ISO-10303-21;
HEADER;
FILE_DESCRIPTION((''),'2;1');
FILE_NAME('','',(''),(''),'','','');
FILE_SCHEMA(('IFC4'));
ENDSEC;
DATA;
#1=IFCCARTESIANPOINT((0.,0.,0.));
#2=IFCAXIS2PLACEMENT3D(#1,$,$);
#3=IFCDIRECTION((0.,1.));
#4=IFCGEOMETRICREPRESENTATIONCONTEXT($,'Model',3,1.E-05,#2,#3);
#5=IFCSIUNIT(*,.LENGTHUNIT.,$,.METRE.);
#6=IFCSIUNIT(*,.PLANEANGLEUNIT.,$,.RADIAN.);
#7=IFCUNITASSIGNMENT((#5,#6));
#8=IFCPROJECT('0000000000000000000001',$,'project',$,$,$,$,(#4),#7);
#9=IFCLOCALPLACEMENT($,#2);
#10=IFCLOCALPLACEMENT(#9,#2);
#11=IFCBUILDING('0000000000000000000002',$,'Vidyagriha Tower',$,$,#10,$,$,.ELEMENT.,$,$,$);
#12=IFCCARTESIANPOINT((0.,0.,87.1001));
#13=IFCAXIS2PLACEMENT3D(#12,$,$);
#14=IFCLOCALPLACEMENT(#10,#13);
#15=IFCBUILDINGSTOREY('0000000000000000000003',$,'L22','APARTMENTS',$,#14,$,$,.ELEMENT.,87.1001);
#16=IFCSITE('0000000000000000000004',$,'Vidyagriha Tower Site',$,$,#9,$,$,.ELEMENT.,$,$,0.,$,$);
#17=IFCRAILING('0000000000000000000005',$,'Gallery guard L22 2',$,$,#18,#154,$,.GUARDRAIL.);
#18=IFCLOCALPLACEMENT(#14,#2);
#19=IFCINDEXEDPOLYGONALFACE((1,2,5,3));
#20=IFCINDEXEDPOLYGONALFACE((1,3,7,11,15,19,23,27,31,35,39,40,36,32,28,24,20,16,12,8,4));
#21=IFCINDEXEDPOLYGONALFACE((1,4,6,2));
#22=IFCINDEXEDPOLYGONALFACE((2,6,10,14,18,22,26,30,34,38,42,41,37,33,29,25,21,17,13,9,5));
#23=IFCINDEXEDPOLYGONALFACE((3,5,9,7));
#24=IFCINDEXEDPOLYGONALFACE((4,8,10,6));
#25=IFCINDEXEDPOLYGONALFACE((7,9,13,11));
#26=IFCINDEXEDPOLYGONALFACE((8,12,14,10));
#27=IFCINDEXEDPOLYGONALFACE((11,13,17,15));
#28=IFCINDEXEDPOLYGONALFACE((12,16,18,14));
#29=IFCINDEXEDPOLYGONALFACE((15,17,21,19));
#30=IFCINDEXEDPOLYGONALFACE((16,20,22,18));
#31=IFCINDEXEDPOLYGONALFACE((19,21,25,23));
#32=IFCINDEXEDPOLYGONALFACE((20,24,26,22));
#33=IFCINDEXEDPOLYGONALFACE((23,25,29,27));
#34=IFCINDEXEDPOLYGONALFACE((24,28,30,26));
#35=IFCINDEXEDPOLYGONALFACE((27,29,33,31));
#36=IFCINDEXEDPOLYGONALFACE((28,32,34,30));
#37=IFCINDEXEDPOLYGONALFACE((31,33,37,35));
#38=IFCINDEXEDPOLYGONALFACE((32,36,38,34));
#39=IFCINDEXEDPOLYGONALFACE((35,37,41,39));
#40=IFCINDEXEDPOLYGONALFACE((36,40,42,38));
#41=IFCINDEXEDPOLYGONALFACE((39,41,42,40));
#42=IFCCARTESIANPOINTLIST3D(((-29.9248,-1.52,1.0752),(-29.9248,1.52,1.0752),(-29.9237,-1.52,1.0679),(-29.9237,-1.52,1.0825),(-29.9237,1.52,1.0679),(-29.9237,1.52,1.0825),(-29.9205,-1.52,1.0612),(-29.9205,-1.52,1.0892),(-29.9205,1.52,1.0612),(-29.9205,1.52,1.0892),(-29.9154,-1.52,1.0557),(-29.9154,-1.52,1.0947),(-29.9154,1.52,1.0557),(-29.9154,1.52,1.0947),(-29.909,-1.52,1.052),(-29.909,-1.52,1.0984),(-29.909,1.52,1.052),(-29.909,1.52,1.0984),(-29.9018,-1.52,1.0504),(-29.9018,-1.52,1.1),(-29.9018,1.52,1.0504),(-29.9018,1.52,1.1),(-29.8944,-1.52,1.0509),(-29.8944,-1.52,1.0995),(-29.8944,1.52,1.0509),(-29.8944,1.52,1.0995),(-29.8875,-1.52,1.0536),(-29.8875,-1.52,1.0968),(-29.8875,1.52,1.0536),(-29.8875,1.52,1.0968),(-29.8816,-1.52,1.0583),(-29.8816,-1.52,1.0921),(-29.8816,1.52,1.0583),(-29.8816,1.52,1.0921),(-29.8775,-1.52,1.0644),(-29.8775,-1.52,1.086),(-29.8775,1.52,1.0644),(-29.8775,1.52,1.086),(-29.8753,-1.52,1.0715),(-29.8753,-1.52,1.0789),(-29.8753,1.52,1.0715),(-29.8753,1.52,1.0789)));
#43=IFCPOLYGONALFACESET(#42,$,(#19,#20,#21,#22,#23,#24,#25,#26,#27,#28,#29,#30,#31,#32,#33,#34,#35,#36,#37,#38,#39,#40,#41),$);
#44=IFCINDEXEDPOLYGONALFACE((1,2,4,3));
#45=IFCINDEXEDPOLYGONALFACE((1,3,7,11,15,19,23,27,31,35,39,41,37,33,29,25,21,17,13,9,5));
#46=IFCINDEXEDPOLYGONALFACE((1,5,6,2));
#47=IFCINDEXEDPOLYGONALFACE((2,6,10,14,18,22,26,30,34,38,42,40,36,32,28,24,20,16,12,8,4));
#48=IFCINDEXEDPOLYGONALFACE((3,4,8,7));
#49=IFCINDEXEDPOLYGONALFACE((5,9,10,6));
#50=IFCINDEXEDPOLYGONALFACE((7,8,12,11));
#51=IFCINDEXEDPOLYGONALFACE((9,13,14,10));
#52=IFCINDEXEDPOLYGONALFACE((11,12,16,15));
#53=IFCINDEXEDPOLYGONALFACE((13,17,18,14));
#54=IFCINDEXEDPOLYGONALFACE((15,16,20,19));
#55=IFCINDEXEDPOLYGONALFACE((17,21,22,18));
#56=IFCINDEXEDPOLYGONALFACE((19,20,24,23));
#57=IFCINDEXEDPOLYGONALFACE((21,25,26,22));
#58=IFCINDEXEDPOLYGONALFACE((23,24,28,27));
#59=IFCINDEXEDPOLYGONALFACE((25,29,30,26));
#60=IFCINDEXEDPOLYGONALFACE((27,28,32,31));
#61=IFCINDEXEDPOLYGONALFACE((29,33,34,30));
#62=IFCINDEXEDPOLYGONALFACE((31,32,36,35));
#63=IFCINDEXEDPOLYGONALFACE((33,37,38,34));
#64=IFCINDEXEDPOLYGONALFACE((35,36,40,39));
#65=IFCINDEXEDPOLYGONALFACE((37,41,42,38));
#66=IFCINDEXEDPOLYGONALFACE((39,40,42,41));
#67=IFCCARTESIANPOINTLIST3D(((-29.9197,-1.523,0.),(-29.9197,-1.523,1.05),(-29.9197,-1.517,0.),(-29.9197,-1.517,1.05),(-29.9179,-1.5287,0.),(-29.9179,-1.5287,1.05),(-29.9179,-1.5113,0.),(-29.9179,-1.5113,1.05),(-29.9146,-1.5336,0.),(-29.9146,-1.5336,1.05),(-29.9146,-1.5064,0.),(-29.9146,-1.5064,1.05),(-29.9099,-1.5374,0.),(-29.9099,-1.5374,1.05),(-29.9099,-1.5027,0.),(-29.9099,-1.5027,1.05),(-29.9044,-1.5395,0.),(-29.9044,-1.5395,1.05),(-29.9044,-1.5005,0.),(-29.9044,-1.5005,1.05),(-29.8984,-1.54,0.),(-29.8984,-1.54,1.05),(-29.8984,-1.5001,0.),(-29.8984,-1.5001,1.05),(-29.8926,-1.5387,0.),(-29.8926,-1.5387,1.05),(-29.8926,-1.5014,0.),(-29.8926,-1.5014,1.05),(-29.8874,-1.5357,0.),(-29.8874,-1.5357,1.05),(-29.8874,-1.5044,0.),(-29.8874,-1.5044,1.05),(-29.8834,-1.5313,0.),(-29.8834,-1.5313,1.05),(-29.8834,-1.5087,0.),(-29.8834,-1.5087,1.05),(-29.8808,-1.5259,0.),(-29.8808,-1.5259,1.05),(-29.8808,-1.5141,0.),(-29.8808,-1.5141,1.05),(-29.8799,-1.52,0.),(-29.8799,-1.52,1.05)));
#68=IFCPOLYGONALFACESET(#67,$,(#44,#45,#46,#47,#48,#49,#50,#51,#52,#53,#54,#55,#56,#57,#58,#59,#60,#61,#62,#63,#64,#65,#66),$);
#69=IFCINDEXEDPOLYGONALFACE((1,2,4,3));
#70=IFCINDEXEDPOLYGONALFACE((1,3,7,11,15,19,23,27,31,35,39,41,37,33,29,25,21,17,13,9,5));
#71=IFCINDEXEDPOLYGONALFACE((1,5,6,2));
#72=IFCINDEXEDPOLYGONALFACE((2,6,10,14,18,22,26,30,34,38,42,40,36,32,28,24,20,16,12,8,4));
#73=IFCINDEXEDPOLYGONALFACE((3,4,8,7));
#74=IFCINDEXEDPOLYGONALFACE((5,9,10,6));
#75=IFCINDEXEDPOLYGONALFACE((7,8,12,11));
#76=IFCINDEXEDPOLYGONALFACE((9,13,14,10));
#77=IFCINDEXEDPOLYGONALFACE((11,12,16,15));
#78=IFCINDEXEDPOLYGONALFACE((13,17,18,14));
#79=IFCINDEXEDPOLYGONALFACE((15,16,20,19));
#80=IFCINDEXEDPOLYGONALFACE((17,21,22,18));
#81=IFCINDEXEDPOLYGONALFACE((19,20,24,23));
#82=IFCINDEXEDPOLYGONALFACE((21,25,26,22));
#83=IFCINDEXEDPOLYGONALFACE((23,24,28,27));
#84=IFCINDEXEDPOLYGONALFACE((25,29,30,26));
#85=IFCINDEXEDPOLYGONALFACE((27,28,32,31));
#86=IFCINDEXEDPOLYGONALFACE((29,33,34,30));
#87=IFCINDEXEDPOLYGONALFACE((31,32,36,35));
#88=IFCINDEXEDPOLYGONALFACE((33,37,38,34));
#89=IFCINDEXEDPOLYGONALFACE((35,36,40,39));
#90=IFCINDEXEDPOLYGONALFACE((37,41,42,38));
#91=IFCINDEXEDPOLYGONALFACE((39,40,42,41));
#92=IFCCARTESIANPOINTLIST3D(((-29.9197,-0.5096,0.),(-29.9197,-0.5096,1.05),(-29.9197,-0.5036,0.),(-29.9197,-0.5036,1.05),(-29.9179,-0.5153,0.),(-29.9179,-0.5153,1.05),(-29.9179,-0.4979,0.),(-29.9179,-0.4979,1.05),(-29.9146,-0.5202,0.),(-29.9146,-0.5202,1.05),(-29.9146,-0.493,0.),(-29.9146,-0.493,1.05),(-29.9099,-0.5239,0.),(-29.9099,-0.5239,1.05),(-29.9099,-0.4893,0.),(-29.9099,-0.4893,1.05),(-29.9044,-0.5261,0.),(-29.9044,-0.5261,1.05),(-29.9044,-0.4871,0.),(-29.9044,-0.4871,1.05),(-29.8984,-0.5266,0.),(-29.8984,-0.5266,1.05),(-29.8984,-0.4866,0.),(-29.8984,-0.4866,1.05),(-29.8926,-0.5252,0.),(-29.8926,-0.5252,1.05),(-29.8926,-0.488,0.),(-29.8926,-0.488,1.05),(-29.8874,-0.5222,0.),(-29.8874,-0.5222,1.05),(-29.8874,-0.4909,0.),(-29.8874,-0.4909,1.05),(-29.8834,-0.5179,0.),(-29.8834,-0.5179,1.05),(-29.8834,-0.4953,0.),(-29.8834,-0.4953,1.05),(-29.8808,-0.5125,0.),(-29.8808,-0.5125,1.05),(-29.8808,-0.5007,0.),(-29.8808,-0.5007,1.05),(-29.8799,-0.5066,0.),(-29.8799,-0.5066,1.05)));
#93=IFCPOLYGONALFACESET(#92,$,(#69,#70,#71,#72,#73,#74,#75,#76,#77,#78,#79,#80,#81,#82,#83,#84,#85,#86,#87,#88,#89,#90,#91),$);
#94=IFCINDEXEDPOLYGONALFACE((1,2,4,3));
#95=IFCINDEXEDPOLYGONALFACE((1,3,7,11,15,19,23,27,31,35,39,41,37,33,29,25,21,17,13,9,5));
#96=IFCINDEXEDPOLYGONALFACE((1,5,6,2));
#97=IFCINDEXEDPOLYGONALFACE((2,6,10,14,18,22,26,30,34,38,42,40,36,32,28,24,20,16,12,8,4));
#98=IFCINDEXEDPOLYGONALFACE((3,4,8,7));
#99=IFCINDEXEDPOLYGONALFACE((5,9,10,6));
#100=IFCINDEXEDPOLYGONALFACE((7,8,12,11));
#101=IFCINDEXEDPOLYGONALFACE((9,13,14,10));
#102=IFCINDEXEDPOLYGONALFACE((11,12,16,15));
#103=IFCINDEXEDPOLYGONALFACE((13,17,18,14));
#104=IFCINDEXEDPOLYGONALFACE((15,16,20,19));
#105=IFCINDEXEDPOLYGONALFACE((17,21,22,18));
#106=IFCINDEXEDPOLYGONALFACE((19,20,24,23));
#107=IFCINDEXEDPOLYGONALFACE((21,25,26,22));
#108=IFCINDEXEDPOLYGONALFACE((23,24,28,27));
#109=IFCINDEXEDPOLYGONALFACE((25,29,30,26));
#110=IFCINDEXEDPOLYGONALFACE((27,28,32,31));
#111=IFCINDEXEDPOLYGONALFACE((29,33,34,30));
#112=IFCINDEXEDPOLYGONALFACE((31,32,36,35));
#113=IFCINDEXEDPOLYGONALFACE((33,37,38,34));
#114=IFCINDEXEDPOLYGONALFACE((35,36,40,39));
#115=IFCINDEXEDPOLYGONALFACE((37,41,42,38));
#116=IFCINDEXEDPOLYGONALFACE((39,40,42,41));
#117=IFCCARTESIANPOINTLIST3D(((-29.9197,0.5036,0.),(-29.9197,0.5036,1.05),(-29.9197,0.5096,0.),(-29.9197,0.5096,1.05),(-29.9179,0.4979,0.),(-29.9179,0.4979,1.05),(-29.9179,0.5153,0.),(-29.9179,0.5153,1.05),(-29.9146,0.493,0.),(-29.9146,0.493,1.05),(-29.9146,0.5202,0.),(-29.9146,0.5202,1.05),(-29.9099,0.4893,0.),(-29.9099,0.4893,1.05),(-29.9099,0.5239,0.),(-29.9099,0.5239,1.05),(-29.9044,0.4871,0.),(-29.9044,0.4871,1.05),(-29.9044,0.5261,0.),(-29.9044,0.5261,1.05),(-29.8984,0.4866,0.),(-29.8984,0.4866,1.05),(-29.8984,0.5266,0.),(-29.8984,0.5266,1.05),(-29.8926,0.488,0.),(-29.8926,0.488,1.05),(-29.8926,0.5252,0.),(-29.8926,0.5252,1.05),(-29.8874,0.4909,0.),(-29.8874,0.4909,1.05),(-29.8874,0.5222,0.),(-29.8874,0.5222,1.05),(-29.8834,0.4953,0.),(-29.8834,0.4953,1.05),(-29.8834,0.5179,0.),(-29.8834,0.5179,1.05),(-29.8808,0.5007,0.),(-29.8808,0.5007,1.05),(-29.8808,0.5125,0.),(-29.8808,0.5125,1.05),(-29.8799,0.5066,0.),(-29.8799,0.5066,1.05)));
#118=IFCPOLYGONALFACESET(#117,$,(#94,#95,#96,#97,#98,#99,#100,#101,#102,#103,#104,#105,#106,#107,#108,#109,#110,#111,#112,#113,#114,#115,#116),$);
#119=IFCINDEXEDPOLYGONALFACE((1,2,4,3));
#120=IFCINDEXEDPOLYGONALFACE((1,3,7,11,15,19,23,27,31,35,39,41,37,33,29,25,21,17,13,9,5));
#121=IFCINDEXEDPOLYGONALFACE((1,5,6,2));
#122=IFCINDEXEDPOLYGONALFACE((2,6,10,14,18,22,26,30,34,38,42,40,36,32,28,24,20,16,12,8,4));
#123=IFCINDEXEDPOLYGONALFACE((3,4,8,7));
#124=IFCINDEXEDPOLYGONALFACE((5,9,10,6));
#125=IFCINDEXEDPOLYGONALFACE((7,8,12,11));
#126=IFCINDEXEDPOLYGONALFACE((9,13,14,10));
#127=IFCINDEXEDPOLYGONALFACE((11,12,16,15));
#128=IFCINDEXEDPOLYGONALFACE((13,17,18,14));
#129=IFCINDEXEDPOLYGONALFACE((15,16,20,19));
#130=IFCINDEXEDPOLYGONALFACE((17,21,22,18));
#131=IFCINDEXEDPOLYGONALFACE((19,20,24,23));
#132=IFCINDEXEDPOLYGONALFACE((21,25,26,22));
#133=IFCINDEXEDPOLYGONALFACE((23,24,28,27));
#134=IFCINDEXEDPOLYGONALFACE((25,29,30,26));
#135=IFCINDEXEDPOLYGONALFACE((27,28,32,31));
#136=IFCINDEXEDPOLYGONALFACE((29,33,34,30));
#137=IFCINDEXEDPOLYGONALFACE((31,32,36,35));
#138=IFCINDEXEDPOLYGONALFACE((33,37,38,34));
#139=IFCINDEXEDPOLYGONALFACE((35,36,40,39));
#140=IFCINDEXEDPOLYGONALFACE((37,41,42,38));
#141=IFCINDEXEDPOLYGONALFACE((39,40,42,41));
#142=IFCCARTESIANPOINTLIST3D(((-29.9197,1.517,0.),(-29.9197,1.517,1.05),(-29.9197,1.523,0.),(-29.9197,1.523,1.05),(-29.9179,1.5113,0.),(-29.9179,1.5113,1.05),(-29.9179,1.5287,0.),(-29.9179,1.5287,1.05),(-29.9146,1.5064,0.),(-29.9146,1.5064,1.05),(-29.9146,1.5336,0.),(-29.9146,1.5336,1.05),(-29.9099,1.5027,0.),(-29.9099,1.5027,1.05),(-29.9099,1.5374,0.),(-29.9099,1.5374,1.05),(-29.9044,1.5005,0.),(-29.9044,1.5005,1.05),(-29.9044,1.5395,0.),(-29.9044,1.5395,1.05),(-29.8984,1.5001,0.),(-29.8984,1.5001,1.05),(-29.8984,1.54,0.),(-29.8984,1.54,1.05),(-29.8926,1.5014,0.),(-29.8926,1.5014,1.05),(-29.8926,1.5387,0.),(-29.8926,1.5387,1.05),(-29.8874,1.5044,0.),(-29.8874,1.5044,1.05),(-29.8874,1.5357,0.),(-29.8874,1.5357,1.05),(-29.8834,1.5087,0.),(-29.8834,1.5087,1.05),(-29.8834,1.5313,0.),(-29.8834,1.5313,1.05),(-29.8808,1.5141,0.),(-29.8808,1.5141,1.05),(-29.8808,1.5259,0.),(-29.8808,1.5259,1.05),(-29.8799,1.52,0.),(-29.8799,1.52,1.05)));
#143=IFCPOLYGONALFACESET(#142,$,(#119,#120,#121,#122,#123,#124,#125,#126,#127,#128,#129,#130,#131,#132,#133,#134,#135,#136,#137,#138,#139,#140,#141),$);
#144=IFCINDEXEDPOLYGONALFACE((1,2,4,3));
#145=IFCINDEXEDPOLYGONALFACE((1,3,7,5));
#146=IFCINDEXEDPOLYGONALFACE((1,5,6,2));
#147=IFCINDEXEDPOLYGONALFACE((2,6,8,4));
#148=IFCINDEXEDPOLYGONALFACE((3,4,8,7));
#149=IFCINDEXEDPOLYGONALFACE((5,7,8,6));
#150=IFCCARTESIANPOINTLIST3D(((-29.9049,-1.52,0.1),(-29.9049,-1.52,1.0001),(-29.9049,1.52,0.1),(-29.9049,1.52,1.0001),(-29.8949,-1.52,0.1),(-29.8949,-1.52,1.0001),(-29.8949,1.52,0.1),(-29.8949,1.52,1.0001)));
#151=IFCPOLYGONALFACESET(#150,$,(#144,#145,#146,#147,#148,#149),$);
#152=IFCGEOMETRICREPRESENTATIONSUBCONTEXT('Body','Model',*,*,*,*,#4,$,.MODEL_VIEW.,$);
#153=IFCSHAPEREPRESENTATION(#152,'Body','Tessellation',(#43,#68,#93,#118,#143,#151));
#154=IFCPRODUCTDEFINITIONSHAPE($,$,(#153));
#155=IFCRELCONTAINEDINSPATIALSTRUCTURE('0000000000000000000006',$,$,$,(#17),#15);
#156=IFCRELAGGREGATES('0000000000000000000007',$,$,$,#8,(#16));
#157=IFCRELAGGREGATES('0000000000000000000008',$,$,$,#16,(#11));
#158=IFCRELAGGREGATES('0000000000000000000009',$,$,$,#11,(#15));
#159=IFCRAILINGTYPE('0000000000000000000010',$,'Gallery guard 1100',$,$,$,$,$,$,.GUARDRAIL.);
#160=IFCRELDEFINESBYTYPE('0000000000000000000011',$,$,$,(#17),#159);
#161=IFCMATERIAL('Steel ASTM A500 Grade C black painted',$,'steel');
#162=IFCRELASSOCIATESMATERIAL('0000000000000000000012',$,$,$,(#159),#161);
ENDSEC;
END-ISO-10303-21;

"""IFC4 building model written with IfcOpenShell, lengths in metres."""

from ifc_helpers import new_model, si_unit, direction, frame, origin, origin_2d, place, context, subcontext, project, spatial, rectangle, circle, extrude, material, type_object, element, save


model = new_model("IFC4")

# Units and contexts
model_context = context("Model", 3, precision=1e-05, world=origin(), true_north=direction((0.0, 1.0)))
body_context = subcontext(model_context, "Body", "Model", "MODEL_VIEW")
ifc_project = project(units=[si_unit("LENGTHUNIT", "METRE"), si_unit("PLANEANGLEUNIT", "RADIAN")], contexts=[model_context])

# Site, building, storey
site_placement = place(None, origin())
site = spatial("IfcSite", under=ifc_project, at=site_placement, Name="Vidyagriha Tower Site", CompositionType="ELEMENT", RefElevation=0.0)
building_placement = place(site_placement, origin())
building = spatial("IfcBuilding", under=site, at=building_placement, Name="Vidyagriha Tower", CompositionType="ELEMENT")
storey_placement = place(building_placement, frame((0.0, 0.0, 87.1001)))
storey = spatial("IfcBuildingStorey", under=building, at=storey_placement, Name="L22", Description="APARTMENTS", CompositionType="ELEMENT", Elevation=87.1001)

# Railing
ifc_material_1 = material(Name="Steel ASTM A500 Grade C black painted", Category="steel")
railing_type_1 = type_object("IfcRailingType", Name="Gallery guard 1100", PredefinedType="GUARDRAIL", material=ifc_material_1)
railing_1_placement = place(storey_placement, frame((-29.8999, -1.52, 0.0)))
element("IfcRailing", 1, at=railing_1_placement, inside=storey, type_object=railing_type_1, Name="Gallery guard L22 2", PredefinedType="GUARDRAIL", context=body_context, shape_type="SweptSolid", body=[
    extrude(circle(Radius=0.0249, at=origin_2d()), frame((0.0, 0.0, 1.0752), z_axis=(0.0, 1.0, 0.0), x_axis=(-1.0, 0.0, 0.0)), (0.0, 0.0, 1.0), 3.04),
    extrude(circle(Radius=0.02, at=origin_2d()), origin(), (0.0, 0.0, 1.0), 1.05),
    extrude(circle(Radius=0.02, at=origin_2d()), frame((0.0, 1.0134, 0.0)), (0.0, 0.0, 1.0), 1.05),
    extrude(circle(Radius=0.02, at=origin_2d()), frame((0.0, 2.0266, 0.0)), (0.0, 0.0, 1.0), 1.05),
    extrude(circle(Radius=0.02, at=origin_2d()), frame((0.0, 3.04, 0.0)), (0.0, 0.0, 1.0), 1.05),
    extrude(rectangle(XDim=0.01, YDim=0.9001, at=origin_2d()), frame((0.0, 0.0, 0.55), z_axis=(0.0, 1.0, 0.0), x_axis=(-1.0, 0.0, 0.0)), (0.0, 0.0, 1.0), 3.04),
])

save(model, "model.ifc")
